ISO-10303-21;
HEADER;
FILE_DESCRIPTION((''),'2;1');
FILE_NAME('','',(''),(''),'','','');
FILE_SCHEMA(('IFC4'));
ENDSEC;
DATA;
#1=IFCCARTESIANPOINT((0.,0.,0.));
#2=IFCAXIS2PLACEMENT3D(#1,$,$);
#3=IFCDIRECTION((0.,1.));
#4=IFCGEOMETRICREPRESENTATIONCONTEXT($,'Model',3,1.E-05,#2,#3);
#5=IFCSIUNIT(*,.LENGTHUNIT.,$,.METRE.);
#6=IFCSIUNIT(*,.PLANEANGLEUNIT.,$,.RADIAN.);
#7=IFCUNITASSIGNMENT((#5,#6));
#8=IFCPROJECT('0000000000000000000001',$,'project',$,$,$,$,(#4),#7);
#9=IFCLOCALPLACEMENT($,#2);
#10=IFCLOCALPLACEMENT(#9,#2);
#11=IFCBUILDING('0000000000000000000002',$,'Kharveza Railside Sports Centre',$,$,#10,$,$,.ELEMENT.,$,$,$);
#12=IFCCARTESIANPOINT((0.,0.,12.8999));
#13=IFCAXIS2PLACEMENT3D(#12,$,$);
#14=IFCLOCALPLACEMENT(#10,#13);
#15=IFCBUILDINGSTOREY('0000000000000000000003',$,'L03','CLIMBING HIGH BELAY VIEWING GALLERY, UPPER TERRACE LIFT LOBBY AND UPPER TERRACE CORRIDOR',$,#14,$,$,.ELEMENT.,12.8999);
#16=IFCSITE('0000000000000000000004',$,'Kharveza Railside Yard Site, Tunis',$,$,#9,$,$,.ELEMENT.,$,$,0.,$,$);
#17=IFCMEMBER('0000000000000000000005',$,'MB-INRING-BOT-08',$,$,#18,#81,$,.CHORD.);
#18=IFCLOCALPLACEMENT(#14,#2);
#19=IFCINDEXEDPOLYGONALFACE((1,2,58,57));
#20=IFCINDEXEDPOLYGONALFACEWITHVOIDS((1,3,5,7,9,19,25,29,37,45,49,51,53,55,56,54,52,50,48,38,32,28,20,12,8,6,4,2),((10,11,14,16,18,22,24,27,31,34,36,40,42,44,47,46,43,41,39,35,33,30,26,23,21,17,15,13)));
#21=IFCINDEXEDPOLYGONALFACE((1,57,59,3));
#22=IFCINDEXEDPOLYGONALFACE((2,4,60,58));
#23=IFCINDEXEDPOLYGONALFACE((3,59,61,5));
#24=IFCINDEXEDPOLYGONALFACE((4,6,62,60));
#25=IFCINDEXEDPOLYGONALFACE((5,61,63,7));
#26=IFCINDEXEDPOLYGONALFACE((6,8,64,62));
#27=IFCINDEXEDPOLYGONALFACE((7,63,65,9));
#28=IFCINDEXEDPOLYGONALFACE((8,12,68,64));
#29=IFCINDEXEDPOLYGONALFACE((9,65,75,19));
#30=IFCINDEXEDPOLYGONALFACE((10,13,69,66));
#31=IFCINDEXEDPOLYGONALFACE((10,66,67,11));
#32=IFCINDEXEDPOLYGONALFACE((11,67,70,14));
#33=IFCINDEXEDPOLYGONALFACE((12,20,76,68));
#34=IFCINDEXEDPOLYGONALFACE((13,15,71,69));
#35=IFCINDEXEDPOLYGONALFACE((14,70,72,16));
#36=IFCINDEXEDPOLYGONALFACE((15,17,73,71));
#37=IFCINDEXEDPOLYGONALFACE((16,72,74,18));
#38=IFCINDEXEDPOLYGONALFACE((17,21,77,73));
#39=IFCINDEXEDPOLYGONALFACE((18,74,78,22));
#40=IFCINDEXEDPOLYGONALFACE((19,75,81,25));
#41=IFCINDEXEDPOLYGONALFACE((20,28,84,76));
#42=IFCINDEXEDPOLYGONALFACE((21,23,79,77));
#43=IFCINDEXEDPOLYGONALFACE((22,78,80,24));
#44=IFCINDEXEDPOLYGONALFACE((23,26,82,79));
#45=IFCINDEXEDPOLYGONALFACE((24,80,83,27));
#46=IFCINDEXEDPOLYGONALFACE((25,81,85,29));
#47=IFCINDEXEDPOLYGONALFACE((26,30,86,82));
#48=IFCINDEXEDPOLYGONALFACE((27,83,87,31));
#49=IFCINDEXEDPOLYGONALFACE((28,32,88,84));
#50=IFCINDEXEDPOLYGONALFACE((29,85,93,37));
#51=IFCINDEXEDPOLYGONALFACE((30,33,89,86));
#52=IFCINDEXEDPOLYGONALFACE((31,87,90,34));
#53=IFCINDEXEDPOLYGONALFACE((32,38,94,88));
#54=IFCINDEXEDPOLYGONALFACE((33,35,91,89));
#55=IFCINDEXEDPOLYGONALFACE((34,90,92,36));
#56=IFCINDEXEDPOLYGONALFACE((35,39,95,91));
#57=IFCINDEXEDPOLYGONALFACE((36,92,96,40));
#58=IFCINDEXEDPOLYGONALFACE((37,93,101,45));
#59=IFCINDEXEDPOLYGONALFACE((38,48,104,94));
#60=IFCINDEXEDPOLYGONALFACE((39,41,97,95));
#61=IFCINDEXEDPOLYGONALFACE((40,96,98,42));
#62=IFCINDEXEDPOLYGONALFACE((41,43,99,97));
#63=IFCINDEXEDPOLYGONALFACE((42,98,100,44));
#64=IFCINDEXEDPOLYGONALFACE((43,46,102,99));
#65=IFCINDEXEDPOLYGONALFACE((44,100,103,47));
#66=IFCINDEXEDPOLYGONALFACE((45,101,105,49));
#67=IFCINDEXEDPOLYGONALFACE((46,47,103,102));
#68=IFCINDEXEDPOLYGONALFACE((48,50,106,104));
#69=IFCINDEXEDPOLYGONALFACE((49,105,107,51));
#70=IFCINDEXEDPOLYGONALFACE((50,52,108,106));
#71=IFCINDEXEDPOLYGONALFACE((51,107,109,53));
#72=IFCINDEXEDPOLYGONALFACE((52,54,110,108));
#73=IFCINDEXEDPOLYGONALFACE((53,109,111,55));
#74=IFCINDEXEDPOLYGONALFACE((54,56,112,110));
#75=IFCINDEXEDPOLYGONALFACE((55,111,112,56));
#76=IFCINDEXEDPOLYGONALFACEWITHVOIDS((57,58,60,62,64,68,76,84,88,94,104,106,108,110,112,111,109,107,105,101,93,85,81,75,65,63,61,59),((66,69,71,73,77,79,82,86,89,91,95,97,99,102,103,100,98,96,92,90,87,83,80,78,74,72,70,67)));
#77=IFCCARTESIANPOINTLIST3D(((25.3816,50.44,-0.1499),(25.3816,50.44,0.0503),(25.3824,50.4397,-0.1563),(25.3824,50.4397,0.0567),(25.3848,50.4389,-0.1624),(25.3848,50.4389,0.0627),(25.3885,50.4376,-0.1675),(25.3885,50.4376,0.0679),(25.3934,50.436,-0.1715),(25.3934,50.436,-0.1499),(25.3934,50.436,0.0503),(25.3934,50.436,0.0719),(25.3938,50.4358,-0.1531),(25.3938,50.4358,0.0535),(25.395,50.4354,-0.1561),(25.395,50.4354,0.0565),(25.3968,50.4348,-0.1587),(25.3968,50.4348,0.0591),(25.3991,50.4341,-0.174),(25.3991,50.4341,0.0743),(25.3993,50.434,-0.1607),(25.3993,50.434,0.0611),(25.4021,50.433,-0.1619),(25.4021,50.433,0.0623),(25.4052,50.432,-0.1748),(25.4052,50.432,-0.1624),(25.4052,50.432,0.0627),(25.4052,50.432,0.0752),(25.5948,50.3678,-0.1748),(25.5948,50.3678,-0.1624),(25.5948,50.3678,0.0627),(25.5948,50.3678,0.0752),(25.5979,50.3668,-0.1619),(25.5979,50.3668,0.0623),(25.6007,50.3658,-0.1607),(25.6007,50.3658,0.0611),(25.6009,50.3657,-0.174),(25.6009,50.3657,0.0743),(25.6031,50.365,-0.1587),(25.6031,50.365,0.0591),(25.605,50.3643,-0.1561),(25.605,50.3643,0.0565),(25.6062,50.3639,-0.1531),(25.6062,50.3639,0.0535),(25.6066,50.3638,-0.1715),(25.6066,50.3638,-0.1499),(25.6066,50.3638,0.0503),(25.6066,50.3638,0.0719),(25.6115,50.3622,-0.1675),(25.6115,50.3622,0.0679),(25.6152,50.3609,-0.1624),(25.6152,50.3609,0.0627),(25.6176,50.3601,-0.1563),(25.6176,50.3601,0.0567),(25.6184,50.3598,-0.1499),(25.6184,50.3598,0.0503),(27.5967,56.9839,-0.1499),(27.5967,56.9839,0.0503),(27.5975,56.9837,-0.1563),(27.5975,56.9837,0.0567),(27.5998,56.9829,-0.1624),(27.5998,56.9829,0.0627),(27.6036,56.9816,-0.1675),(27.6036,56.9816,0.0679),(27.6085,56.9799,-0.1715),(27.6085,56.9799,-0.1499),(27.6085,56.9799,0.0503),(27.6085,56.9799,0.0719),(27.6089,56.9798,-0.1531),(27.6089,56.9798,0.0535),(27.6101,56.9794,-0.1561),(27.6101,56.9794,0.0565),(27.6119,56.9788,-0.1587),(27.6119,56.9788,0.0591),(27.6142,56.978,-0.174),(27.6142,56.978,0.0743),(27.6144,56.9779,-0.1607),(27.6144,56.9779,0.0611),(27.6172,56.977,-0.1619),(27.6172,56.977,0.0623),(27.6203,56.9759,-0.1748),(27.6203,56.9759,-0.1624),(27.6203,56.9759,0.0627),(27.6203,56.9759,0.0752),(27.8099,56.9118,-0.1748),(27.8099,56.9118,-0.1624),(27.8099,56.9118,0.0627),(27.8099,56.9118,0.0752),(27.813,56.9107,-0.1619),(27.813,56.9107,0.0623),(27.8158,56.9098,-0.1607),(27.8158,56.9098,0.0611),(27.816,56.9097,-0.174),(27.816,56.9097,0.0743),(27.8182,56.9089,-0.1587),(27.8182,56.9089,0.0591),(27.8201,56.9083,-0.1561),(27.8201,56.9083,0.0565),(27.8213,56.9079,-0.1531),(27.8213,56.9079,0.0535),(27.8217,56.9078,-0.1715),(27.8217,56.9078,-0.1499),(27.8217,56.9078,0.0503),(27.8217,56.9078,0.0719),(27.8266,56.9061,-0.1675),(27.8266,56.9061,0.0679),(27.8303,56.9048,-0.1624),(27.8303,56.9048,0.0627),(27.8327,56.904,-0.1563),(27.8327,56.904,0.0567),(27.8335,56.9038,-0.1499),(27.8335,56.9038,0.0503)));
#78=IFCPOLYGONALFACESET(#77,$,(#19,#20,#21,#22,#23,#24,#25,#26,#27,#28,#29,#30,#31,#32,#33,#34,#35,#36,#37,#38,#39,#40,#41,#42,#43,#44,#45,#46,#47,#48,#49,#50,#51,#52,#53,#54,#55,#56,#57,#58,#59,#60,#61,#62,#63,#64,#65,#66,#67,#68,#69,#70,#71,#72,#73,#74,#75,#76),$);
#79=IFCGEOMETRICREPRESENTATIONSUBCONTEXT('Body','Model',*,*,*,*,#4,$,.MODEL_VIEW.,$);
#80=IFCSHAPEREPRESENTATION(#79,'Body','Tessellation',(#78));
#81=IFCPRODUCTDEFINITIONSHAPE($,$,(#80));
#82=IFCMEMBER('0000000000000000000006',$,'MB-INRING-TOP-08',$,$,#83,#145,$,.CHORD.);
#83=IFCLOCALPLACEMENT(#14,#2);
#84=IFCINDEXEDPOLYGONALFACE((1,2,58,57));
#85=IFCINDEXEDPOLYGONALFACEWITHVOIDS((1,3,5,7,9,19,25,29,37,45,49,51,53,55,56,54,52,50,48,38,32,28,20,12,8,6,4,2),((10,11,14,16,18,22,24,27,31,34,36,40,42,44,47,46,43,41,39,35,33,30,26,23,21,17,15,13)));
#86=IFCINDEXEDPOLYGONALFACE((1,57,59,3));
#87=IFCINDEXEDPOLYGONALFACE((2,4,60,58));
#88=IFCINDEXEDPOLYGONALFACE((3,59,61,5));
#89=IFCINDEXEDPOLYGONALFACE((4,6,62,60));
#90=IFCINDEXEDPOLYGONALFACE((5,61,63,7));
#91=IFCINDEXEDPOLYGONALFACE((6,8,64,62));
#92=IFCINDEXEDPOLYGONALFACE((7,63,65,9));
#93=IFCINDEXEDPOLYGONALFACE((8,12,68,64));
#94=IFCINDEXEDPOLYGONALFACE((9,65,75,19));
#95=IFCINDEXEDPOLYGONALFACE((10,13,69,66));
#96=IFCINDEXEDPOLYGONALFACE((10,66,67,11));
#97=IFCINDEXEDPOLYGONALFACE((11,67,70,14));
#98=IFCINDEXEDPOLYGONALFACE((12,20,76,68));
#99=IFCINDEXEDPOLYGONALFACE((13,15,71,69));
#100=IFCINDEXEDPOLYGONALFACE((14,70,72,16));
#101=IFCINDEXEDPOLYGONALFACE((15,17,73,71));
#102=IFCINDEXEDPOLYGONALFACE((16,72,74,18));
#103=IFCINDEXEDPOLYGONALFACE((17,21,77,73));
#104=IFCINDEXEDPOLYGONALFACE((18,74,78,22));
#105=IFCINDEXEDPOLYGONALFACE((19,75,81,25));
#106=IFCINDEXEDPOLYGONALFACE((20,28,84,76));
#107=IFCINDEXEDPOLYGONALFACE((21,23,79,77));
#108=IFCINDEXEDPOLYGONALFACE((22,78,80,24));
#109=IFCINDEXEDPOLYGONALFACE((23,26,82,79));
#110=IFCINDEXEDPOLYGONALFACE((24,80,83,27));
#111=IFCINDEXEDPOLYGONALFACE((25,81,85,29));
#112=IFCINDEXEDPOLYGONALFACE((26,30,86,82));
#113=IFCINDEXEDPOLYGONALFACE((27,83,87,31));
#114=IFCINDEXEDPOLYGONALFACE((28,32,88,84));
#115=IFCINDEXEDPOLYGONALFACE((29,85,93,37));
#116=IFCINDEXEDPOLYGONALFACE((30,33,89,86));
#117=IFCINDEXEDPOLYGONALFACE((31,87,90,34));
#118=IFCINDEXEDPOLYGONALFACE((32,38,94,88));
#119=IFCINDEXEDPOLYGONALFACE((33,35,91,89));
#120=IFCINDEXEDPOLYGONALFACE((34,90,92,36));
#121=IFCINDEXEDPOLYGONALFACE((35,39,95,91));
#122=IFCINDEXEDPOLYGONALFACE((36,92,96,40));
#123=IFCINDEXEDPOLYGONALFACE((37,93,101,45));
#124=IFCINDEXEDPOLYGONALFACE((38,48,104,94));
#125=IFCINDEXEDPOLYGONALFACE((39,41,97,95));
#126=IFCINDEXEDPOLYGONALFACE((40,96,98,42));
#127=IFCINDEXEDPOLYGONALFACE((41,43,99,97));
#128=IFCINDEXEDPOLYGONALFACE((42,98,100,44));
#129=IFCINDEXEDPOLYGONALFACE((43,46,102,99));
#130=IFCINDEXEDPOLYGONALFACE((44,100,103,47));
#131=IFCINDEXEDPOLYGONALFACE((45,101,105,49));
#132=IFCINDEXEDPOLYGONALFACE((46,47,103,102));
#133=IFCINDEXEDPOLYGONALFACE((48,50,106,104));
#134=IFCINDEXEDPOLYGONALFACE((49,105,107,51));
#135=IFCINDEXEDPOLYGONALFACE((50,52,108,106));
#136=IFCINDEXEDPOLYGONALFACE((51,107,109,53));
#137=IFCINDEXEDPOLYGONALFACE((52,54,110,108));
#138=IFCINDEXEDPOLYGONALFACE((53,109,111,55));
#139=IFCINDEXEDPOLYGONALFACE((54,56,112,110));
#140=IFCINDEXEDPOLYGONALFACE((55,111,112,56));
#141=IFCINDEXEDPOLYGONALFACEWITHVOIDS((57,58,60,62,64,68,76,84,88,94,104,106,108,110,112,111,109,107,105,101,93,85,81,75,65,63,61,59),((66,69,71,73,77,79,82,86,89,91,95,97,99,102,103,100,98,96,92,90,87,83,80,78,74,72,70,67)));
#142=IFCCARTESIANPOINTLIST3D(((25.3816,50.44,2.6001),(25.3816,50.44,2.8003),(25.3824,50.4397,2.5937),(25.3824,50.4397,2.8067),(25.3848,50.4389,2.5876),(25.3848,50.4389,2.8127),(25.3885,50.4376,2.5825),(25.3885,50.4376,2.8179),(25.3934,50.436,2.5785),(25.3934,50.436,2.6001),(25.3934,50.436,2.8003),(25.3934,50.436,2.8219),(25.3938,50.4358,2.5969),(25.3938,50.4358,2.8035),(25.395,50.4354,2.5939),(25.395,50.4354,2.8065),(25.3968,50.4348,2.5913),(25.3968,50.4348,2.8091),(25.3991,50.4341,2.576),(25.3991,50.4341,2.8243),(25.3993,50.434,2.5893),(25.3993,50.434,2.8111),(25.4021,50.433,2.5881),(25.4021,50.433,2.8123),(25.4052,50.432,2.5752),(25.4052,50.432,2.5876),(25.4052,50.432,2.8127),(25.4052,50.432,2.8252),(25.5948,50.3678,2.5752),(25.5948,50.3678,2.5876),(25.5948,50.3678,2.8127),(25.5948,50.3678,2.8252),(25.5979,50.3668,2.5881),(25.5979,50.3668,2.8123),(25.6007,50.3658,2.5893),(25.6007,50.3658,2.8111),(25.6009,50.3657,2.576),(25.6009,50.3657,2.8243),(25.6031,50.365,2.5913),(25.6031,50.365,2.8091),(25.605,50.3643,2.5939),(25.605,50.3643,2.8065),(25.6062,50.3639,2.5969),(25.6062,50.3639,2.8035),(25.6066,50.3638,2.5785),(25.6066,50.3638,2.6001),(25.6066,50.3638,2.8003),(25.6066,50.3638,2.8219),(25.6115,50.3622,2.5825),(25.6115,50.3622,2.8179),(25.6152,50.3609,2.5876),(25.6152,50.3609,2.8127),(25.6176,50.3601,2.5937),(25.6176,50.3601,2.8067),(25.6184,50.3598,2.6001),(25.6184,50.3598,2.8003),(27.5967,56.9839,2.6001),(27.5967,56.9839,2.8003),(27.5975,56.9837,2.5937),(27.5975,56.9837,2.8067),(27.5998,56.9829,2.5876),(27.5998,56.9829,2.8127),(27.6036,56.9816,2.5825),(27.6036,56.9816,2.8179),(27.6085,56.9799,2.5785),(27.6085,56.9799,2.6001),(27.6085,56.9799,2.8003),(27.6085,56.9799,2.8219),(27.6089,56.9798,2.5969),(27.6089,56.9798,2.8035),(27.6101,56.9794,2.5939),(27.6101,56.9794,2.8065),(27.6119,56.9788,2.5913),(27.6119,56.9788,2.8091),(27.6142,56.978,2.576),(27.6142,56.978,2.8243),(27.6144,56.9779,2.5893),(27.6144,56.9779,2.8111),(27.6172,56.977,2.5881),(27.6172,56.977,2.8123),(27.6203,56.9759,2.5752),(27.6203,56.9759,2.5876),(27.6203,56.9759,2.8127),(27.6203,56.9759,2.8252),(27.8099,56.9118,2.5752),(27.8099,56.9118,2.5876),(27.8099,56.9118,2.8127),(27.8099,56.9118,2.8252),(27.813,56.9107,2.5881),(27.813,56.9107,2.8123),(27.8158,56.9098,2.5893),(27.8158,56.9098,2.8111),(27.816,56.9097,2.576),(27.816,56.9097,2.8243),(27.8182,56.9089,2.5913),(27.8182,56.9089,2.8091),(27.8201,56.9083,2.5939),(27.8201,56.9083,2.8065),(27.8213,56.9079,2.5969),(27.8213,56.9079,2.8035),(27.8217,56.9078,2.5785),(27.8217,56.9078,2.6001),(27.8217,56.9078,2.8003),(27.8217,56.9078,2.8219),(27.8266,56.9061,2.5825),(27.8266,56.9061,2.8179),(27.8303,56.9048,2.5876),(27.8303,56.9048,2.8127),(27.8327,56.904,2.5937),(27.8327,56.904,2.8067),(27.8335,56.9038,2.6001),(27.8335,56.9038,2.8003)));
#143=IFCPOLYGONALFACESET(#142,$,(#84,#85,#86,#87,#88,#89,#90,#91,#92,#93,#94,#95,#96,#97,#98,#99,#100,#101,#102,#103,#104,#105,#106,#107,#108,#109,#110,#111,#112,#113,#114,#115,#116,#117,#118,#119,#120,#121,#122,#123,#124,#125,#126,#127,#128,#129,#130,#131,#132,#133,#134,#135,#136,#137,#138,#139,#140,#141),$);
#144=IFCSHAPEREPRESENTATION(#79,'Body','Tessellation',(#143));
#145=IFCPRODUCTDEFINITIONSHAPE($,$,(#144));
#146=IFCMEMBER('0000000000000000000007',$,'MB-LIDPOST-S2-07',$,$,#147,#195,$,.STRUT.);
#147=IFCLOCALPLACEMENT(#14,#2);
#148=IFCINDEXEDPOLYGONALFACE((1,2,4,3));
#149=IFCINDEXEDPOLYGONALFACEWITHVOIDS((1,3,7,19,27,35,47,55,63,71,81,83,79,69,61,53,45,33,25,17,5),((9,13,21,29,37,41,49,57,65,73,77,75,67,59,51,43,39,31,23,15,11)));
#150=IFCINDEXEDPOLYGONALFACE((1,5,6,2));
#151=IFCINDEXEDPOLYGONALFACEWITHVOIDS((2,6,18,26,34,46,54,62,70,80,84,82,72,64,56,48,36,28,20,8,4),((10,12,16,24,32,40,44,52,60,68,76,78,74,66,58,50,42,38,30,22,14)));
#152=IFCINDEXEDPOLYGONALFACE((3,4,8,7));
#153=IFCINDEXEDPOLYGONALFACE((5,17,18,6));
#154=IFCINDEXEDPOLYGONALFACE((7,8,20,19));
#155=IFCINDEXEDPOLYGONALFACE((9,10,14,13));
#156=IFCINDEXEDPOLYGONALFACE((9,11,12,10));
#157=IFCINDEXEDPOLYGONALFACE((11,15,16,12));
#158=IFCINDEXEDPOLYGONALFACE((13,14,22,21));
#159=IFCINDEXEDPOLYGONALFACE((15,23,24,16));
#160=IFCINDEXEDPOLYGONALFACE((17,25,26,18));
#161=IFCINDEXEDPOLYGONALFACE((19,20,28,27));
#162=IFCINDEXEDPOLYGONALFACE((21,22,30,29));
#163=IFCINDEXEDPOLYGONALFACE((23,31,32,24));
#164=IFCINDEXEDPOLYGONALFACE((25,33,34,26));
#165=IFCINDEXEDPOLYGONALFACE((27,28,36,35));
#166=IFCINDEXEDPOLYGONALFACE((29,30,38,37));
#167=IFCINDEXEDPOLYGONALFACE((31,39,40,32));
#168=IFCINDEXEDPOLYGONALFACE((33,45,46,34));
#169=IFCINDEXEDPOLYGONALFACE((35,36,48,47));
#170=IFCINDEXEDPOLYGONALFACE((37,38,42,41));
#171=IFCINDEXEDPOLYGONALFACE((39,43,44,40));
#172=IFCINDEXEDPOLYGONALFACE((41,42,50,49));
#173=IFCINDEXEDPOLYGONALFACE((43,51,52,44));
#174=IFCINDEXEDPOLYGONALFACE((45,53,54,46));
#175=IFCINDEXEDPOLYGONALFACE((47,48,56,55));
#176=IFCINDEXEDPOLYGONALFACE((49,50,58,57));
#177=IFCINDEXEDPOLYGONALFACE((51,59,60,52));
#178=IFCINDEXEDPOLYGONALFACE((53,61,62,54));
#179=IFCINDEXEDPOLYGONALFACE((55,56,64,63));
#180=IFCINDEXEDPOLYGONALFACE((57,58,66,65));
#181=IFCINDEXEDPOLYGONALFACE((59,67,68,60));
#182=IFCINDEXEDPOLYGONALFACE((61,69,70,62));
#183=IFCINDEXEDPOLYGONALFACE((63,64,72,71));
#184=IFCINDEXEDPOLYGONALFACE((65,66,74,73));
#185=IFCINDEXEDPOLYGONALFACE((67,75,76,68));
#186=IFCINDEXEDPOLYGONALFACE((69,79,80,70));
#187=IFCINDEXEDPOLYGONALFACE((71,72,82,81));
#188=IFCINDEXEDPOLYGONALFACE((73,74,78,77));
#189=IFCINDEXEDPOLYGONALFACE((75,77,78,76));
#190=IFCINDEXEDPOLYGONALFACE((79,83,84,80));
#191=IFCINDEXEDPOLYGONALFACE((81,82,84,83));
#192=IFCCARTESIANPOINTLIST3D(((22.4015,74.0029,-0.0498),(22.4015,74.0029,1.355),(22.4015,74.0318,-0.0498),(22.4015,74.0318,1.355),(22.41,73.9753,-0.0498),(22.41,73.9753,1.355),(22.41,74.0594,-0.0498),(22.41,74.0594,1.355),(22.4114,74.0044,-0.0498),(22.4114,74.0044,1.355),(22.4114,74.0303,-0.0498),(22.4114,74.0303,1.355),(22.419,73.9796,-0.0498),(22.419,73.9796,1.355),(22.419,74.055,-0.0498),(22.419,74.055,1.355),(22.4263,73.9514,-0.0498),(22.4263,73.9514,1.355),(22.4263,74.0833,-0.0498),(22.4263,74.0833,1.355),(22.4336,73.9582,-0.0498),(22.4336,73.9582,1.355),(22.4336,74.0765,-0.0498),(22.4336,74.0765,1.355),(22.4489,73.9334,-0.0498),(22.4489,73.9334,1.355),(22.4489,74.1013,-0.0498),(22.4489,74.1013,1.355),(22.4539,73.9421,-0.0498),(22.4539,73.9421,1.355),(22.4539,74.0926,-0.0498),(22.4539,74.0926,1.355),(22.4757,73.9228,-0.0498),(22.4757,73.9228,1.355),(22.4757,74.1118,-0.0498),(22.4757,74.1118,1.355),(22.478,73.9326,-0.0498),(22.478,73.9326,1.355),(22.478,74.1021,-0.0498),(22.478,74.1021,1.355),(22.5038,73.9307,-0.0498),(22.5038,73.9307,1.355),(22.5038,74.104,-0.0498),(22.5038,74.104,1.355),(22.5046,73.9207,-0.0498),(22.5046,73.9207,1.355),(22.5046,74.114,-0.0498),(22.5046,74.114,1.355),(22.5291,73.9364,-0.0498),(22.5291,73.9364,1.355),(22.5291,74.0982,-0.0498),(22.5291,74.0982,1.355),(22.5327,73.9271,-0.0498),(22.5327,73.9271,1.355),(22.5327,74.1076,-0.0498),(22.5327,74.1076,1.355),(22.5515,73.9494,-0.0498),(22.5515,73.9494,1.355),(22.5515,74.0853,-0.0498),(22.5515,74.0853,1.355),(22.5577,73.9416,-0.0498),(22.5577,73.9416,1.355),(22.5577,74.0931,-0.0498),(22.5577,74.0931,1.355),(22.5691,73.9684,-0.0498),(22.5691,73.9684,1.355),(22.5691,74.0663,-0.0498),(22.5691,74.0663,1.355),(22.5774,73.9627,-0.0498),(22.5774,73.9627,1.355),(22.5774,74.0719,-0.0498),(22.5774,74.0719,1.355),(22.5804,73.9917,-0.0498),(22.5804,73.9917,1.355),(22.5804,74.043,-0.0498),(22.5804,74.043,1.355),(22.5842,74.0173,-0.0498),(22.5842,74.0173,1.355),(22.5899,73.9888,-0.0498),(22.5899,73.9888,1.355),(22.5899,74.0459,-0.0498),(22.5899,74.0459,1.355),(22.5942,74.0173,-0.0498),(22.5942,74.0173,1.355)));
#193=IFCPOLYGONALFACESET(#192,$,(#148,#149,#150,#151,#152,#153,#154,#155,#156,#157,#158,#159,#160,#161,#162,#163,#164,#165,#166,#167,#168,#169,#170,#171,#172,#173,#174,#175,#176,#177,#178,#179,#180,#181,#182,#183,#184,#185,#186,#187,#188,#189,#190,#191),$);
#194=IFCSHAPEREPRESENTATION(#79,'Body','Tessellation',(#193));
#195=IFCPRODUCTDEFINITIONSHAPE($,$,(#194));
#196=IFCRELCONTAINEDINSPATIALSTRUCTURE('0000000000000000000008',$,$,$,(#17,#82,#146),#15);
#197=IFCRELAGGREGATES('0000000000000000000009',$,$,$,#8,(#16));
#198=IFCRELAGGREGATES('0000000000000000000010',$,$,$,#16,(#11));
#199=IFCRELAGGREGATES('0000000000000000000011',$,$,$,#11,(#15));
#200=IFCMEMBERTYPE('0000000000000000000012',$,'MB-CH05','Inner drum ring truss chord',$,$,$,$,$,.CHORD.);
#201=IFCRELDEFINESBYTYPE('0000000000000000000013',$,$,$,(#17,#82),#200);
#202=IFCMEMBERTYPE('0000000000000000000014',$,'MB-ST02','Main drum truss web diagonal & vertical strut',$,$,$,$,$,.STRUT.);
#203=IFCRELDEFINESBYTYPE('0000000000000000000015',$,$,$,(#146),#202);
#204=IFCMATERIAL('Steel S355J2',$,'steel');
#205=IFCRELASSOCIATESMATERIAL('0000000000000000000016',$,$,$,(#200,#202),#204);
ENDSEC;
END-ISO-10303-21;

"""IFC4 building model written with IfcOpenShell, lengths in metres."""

from ifc_helpers import new_model, si_unit, direction, frame, origin, origin_2d, place, context, subcontext, project, spatial, hollow_rectangle, hollow_circle, extrude, material, material_profile, profile_set, type_object, element, save


model = new_model("IFC4")

# Units and contexts
model_context = context("Model", 3, precision=1e-05, world=origin(), true_north=direction((0.0, 1.0)))
body_context = subcontext(model_context, "Body", "Model", "MODEL_VIEW")
ifc_project = project(units=[si_unit("LENGTHUNIT", "METRE"), si_unit("PLANEANGLEUNIT", "RADIAN")], contexts=[model_context])

# Site, building, storey
site_placement = place(None, origin())
site = spatial("IfcSite", under=ifc_project, at=site_placement, Name="Kharveza Railside Yard Site, Tunis", CompositionType="ELEMENT", RefElevation=0.0)
building_placement = place(site_placement, origin())
building = spatial("IfcBuilding", under=site, at=building_placement, Name="Kharveza Railside Sports Centre", CompositionType="ELEMENT")
storey_placement = place(building_placement, frame((0.0, 0.0, 12.8999)))
storey = spatial("IfcBuildingStorey", under=building, at=storey_placement, Name="L03", Description="CLIMBING HIGH BELAY VIEWING GALLERY, UPPER TERRACE LIFT LOBBY AND UPPER TERRACE CORRIDOR", CompositionType="ELEMENT", Elevation=12.8999)

# Shared definitions
ifc_material_1 = material(Name="Steel S355J2", Category="steel")

# Members
ifc_material_profile_1 = material_profile(ifc_material_1, hollow_rectangle(XDim=0.25, YDim=0.25, WallThickness=0.0125, InnerFilletRadius=0.0125, OuterFilletRadius=0.0249, at=origin_2d()), Name="SHS 250x250x12.5")
ifc_profile_set_1 = profile_set([ifc_material_profile_1], Name="Steel S355J2")
member_type_1 = type_object("IfcMemberType", Name="MB-CH05", Description="Inner drum ring truss chord", PredefinedType="CHORD", material=ifc_profile_set_1)
for number, where, z_axis, x_axis, name in (
    (1, (27.7151, 56.9438, -0.0498), (-0.320624, -0.947207, 0.0), (0.947207, -0.320624, 0.0), "MB-INRING-BOT-08"),
    (2, (27.7151, 56.9438, 2.7002), (-0.320624, -0.947207, 0.0), (0.947207, -0.320624, 0.0), "MB-INRING-TOP-08"),
):
    element("IfcMember", number, at=place(storey_placement, frame(where, z_axis=z_axis, x_axis=x_axis)), inside=storey, type_object=member_type_1, Name=name, PredefinedType="CHORD", context=body_context, shape_type="SweptSolid", body=[
        extrude(hollow_rectangle(XDim=0.25, YDim=0.25, WallThickness=0.0125, InnerFilletRadius=0.0125, OuterFilletRadius=0.0249, at=origin_2d()), origin(), (0.0, 0.0, 1.0), 6.9087),
    ])
ifc_material_profile_2 = material_profile(ifc_material_1, hollow_circle(Radius=0.0969, WallThickness=0.01, at=origin_2d()), Name="CHS 193.7x10.0")
ifc_profile_set_2 = profile_set([ifc_material_profile_2], Name="Steel S355J2")
member_type_2 = type_object("IfcMemberType", Name="MB-ST02", Description="Main drum truss web diagonal & vertical strut", PredefinedType="STRUT", material=ifc_profile_set_2)
member_1_placement = place(storey_placement, frame((22.4973, 74.0173, -0.0498), z_axis=(0.0, 0.0, 1.0), x_axis=(1.0, 0.0, 0.0)))
element("IfcMember", 3, at=member_1_placement, inside=storey, type_object=member_type_2, Name="MB-LIDPOST-S2-07", PredefinedType="STRUT", context=body_context, shape_type="SweptSolid", body=[
    extrude(hollow_circle(Radius=0.0969, WallThickness=0.01, at=origin_2d()), origin(), (0.0, 0.0, 1.0), 1.4048),
])

save(model, "model.ifc")
